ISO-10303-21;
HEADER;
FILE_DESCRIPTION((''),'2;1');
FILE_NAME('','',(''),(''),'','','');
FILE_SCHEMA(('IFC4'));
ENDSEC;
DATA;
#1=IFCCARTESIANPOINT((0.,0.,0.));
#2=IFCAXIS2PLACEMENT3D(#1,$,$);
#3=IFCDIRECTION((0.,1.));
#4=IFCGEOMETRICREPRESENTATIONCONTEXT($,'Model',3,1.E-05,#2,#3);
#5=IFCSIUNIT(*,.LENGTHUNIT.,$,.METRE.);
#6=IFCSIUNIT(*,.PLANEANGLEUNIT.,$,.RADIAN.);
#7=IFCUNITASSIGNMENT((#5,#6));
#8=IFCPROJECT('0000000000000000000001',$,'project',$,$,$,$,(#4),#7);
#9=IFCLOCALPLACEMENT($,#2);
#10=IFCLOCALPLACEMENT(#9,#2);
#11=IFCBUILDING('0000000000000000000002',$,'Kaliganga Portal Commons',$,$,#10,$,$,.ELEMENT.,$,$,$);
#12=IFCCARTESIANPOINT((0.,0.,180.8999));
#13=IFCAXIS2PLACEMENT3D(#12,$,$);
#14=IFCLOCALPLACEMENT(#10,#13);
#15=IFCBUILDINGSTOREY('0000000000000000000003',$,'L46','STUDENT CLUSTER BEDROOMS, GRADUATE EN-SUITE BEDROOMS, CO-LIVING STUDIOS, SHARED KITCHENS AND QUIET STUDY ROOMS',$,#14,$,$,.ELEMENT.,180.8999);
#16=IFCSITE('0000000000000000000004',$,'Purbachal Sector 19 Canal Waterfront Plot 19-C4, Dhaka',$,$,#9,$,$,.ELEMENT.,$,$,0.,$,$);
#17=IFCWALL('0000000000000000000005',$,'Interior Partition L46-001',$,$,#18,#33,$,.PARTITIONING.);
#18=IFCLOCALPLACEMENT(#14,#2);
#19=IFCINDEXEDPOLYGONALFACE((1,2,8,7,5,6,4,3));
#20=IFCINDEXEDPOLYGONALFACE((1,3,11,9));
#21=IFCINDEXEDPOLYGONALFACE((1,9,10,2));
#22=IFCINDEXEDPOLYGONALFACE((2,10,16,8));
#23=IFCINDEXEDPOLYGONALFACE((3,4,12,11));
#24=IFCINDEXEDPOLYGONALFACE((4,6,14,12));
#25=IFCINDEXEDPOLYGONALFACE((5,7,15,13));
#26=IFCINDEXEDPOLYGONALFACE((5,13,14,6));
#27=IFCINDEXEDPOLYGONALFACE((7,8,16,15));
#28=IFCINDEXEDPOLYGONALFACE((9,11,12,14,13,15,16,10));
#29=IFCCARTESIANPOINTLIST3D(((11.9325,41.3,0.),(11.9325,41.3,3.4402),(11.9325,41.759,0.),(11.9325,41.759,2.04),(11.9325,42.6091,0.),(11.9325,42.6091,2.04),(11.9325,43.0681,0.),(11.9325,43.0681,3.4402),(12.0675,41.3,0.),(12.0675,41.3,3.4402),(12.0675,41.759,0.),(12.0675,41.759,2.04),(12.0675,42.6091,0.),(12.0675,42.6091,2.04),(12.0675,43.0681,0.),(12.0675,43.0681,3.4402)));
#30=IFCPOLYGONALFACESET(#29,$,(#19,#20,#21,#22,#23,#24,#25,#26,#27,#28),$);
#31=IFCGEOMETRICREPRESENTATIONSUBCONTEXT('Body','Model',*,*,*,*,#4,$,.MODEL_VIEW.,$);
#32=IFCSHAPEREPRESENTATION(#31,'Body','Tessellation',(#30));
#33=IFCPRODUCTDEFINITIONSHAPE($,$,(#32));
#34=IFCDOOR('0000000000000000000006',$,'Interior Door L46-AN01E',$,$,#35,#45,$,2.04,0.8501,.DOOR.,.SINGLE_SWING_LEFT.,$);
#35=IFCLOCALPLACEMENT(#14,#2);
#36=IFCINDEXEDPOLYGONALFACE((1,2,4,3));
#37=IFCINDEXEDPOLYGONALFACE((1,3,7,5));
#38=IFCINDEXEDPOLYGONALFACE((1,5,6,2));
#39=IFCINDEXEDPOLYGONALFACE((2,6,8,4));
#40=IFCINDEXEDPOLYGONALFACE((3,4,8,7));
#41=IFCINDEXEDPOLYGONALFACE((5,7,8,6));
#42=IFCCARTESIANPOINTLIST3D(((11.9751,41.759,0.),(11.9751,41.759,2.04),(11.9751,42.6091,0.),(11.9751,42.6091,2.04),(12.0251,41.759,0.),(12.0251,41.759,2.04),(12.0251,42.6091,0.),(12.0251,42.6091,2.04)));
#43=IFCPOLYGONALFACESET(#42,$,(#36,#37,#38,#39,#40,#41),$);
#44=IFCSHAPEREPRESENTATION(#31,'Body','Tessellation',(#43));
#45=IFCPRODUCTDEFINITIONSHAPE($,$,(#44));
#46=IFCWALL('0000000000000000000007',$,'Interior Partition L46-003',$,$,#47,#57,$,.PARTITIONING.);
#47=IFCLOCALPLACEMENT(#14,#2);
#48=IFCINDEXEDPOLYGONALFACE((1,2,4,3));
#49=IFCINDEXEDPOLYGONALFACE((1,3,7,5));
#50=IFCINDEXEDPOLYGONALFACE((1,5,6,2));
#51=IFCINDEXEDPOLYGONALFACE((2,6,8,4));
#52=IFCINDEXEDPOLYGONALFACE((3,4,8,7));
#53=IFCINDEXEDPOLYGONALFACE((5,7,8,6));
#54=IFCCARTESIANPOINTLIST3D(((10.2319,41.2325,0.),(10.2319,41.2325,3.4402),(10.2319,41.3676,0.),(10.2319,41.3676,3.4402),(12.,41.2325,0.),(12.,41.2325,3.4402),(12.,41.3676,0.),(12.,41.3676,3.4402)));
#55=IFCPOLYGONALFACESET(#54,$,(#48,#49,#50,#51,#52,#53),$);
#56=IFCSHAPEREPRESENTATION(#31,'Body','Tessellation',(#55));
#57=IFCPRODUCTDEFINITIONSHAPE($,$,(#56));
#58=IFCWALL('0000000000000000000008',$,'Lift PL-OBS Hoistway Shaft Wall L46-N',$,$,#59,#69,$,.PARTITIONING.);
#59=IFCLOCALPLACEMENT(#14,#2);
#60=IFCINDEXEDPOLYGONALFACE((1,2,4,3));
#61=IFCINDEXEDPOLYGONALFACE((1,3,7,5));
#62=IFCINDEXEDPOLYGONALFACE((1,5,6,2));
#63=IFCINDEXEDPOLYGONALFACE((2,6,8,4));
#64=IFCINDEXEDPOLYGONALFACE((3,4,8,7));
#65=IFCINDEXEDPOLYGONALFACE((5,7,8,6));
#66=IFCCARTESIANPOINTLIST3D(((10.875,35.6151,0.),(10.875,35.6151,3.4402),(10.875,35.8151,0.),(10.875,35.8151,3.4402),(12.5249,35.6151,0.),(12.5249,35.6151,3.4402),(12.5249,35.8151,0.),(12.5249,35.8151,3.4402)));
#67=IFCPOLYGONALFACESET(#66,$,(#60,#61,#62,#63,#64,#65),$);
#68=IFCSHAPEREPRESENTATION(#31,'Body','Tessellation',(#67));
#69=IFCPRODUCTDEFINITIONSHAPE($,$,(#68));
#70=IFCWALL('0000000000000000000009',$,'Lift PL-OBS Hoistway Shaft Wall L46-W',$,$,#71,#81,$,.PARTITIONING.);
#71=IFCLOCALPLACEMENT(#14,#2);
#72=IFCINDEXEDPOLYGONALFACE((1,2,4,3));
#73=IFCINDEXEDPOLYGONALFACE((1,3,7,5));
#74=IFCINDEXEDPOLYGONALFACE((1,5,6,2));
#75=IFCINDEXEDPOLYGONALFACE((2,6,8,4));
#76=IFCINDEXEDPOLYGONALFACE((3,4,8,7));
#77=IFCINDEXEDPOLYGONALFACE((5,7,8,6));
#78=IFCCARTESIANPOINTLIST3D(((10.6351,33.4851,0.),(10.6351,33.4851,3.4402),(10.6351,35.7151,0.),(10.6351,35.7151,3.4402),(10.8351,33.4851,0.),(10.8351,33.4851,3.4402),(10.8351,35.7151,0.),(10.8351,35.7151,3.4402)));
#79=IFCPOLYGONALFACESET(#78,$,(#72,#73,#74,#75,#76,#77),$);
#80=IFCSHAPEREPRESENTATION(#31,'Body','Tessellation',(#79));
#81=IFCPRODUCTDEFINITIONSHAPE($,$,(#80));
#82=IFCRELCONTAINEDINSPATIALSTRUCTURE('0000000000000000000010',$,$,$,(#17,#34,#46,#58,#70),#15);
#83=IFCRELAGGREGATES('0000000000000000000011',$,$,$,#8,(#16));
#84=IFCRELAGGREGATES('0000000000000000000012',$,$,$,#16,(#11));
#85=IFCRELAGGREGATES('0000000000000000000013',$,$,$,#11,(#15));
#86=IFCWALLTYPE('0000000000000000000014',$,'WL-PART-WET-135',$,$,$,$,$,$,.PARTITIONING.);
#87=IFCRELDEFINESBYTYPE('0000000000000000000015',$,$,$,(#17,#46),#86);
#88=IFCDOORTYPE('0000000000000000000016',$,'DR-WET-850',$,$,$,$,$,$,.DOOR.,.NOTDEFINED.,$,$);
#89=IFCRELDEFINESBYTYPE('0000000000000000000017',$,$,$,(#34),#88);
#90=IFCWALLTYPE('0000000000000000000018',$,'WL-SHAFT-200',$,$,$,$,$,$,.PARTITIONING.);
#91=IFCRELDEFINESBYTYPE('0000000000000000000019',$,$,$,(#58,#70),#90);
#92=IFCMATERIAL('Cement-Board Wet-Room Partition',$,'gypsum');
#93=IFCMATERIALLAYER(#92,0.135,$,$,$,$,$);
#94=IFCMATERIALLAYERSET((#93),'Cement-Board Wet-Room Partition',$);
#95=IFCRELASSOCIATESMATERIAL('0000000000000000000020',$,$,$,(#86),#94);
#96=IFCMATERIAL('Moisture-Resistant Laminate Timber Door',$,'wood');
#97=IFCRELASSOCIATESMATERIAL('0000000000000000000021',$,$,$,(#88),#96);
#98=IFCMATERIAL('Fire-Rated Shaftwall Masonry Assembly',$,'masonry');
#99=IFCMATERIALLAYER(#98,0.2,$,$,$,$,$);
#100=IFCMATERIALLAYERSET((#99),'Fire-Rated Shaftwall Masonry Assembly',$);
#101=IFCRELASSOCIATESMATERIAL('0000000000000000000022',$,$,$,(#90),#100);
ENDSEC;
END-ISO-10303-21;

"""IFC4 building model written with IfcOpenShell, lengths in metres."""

from ifc_helpers import new_model, si_unit, direction, frame, frame_2d, origin, place, context, subcontext, project, spatial, rectangle, extrude, material, layer, layer_set, type_object, element, fill, save


model = new_model("IFC4")

# Units and contexts
model_context = context("Model", 3, precision=1e-05, world=origin(), true_north=direction((0.0, 1.0)))
body_context = subcontext(model_context, "Body", "Model", "MODEL_VIEW")
ifc_project = project(units=[si_unit("LENGTHUNIT", "METRE"), si_unit("PLANEANGLEUNIT", "RADIAN")], contexts=[model_context])

# Site, building, storey
site_placement = place(None, origin())
site = spatial("IfcSite", under=ifc_project, at=site_placement, Name="Purbachal Sector 19 Canal Waterfront Plot 19-C4, Dhaka", CompositionType="ELEMENT", RefElevation=0.0)
building_placement = place(site_placement, origin())
building = spatial("IfcBuilding", under=site, at=building_placement, Name="Kaliganga Portal Commons", CompositionType="ELEMENT")
storey_placement = place(building_placement, frame((0.0, 0.0, 180.8999)))
storey = spatial("IfcBuildingStorey", under=building, at=storey_placement, Name="L46", Description="STUDENT CLUSTER BEDROOMS, GRADUATE EN-SUITE BEDROOMS, CO-LIVING STUDIOS, SHARED KITCHENS AND QUIET STUDY ROOMS", CompositionType="ELEMENT", Elevation=180.8999)

# Wall, opening, door
ifc_material_1 = material(Name="Cement-Board Wet-Room Partition", Category="gypsum")
ifc_layer_1 = layer(ifc_material_1, 0.135)
ifc_layer_set_1 = layer_set([ifc_layer_1], Name="Cement-Board Wet-Room Partition")
wall_type_1 = type_object("IfcWallType", Name="WL-PART-WET-135", PredefinedType="PARTITIONING", material=ifc_layer_set_1)
wall_1_placement = place(storey_placement, frame((12.0, 41.3, 0.0), z_axis=(0.0, 0.0, 1.0), x_axis=(0.0, 1.0, 0.0)))
wall_1 = element("IfcWall", 1, at=wall_1_placement, inside=storey, type_object=wall_type_1, Name="Interior Partition L46-001", PredefinedType="PARTITIONING", context=body_context, shape_type="SweptSolid", body=[
    extrude(rectangle(XDim=1.7681, YDim=0.135, at=frame_2d((0.884, 0.0))), origin(), (0.0, 0.0, 1.0), 3.4402),
])
opening_1_placement = place(wall_1_placement, frame((0.459, 0.0, 0.0)))
opening_1 = element("IfcOpeningElement", 2, at=opening_1_placement, cuts=wall_1, PredefinedType="OPENING", context=body_context, shape_type="SweptSolid", body=[
    extrude(rectangle(XDim=0.8501, YDim=2.04, at=frame_2d((0.425, 1.02))), frame((0.0, 0.0776, 0.0), z_axis=(0.0, -1.0, 0.0), x_axis=(1.0, 0.0, 0.0)), (0.0, 0.0, 1.0), 0.155),
])
ifc_material_2 = material(Name="Moisture-Resistant Laminate Timber Door", Category="wood")
door_type_1 = type_object("IfcDoorType", Name="DR-WET-850", OperationType="NOTDEFINED", PredefinedType="DOOR", material=ifc_material_2)
door_1_placement = place(opening_1_placement, origin())
door_1 = element("IfcDoor", 3, at=door_1_placement, inside=storey, type_object=door_type_1, Name="Interior Door L46-AN01E", OperationType="SINGLE_SWING_LEFT", OverallHeight=2.04, OverallWidth=0.8501, PredefinedType="DOOR", context=body_context, shape_type="SweptSolid", body=[
    extrude(rectangle(XDim=0.8501, YDim=2.04, at=frame_2d((0.425, 1.02))), frame((0.0, 0.0249, 0.0), z_axis=(0.0, -1.0, 0.0), x_axis=(1.0, 0.0, 0.0)), (0.0, 0.0, 1.0), 0.05),
])
fill(opening_1, door_1)

# Wall
wall_2_placement = place(storey_placement, frame((10.2319, 41.3, 0.0), z_axis=(0.0, 0.0, 1.0), x_axis=(1.0, 0.0, 0.0)))
element("IfcWall", 4, at=wall_2_placement, inside=storey, type_object=wall_type_1, Name="Interior Partition L46-003", PredefinedType="PARTITIONING", context=body_context, shape_type="SweptSolid", body=[
    extrude(rectangle(XDim=1.7681, YDim=0.135, at=frame_2d((0.884, 0.0))), origin(), (0.0, 0.0, 1.0), 3.4402),
])

# Shared definitions
ifc_material_3 = material(Name="Fire-Rated Shaftwall Masonry Assembly", Category="masonry")
ifc_layer_2 = layer(ifc_material_3, 0.2)
ifc_layer_set_2 = layer_set([ifc_layer_2], Name="Fire-Rated Shaftwall Masonry Assembly")
wall_type_2 = type_object("IfcWallType", Name="WL-SHAFT-200", PredefinedType="PARTITIONING", material=ifc_layer_set_2)

# Walls
wall_3_placement = place(storey_placement, frame((10.875, 35.7151, 0.0), z_axis=(0.0, 0.0, 1.0), x_axis=(1.0, 0.0, 0.0)))
element("IfcWall", 5, at=wall_3_placement, inside=storey, type_object=wall_type_2, Name="Lift PL-OBS Hoistway Shaft Wall L46-N", PredefinedType="PARTITIONING", context=body_context, shape_type="SweptSolid", body=[
    extrude(rectangle(XDim=1.6499, YDim=0.2, at=frame_2d((0.825, 0.0))), origin(), (0.0, 0.0, 1.0), 3.4402),
])
wall_4_placement = place(storey_placement, frame((10.7351, 33.4851, 0.0), z_axis=(0.0, 0.0, 1.0), x_axis=(0.0, 1.0, 0.0)))
element("IfcWall", 6, at=wall_4_placement, inside=storey, type_object=wall_type_2, Name="Lift PL-OBS Hoistway Shaft Wall L46-W", PredefinedType="PARTITIONING", context=body_context, shape_type="SweptSolid", body=[
    extrude(rectangle(XDim=2.23, YDim=0.2, at=frame_2d((1.115, 0.0))), origin(), (0.0, 0.0, 1.0), 3.4402),
])

save(model, "model.ifc")
